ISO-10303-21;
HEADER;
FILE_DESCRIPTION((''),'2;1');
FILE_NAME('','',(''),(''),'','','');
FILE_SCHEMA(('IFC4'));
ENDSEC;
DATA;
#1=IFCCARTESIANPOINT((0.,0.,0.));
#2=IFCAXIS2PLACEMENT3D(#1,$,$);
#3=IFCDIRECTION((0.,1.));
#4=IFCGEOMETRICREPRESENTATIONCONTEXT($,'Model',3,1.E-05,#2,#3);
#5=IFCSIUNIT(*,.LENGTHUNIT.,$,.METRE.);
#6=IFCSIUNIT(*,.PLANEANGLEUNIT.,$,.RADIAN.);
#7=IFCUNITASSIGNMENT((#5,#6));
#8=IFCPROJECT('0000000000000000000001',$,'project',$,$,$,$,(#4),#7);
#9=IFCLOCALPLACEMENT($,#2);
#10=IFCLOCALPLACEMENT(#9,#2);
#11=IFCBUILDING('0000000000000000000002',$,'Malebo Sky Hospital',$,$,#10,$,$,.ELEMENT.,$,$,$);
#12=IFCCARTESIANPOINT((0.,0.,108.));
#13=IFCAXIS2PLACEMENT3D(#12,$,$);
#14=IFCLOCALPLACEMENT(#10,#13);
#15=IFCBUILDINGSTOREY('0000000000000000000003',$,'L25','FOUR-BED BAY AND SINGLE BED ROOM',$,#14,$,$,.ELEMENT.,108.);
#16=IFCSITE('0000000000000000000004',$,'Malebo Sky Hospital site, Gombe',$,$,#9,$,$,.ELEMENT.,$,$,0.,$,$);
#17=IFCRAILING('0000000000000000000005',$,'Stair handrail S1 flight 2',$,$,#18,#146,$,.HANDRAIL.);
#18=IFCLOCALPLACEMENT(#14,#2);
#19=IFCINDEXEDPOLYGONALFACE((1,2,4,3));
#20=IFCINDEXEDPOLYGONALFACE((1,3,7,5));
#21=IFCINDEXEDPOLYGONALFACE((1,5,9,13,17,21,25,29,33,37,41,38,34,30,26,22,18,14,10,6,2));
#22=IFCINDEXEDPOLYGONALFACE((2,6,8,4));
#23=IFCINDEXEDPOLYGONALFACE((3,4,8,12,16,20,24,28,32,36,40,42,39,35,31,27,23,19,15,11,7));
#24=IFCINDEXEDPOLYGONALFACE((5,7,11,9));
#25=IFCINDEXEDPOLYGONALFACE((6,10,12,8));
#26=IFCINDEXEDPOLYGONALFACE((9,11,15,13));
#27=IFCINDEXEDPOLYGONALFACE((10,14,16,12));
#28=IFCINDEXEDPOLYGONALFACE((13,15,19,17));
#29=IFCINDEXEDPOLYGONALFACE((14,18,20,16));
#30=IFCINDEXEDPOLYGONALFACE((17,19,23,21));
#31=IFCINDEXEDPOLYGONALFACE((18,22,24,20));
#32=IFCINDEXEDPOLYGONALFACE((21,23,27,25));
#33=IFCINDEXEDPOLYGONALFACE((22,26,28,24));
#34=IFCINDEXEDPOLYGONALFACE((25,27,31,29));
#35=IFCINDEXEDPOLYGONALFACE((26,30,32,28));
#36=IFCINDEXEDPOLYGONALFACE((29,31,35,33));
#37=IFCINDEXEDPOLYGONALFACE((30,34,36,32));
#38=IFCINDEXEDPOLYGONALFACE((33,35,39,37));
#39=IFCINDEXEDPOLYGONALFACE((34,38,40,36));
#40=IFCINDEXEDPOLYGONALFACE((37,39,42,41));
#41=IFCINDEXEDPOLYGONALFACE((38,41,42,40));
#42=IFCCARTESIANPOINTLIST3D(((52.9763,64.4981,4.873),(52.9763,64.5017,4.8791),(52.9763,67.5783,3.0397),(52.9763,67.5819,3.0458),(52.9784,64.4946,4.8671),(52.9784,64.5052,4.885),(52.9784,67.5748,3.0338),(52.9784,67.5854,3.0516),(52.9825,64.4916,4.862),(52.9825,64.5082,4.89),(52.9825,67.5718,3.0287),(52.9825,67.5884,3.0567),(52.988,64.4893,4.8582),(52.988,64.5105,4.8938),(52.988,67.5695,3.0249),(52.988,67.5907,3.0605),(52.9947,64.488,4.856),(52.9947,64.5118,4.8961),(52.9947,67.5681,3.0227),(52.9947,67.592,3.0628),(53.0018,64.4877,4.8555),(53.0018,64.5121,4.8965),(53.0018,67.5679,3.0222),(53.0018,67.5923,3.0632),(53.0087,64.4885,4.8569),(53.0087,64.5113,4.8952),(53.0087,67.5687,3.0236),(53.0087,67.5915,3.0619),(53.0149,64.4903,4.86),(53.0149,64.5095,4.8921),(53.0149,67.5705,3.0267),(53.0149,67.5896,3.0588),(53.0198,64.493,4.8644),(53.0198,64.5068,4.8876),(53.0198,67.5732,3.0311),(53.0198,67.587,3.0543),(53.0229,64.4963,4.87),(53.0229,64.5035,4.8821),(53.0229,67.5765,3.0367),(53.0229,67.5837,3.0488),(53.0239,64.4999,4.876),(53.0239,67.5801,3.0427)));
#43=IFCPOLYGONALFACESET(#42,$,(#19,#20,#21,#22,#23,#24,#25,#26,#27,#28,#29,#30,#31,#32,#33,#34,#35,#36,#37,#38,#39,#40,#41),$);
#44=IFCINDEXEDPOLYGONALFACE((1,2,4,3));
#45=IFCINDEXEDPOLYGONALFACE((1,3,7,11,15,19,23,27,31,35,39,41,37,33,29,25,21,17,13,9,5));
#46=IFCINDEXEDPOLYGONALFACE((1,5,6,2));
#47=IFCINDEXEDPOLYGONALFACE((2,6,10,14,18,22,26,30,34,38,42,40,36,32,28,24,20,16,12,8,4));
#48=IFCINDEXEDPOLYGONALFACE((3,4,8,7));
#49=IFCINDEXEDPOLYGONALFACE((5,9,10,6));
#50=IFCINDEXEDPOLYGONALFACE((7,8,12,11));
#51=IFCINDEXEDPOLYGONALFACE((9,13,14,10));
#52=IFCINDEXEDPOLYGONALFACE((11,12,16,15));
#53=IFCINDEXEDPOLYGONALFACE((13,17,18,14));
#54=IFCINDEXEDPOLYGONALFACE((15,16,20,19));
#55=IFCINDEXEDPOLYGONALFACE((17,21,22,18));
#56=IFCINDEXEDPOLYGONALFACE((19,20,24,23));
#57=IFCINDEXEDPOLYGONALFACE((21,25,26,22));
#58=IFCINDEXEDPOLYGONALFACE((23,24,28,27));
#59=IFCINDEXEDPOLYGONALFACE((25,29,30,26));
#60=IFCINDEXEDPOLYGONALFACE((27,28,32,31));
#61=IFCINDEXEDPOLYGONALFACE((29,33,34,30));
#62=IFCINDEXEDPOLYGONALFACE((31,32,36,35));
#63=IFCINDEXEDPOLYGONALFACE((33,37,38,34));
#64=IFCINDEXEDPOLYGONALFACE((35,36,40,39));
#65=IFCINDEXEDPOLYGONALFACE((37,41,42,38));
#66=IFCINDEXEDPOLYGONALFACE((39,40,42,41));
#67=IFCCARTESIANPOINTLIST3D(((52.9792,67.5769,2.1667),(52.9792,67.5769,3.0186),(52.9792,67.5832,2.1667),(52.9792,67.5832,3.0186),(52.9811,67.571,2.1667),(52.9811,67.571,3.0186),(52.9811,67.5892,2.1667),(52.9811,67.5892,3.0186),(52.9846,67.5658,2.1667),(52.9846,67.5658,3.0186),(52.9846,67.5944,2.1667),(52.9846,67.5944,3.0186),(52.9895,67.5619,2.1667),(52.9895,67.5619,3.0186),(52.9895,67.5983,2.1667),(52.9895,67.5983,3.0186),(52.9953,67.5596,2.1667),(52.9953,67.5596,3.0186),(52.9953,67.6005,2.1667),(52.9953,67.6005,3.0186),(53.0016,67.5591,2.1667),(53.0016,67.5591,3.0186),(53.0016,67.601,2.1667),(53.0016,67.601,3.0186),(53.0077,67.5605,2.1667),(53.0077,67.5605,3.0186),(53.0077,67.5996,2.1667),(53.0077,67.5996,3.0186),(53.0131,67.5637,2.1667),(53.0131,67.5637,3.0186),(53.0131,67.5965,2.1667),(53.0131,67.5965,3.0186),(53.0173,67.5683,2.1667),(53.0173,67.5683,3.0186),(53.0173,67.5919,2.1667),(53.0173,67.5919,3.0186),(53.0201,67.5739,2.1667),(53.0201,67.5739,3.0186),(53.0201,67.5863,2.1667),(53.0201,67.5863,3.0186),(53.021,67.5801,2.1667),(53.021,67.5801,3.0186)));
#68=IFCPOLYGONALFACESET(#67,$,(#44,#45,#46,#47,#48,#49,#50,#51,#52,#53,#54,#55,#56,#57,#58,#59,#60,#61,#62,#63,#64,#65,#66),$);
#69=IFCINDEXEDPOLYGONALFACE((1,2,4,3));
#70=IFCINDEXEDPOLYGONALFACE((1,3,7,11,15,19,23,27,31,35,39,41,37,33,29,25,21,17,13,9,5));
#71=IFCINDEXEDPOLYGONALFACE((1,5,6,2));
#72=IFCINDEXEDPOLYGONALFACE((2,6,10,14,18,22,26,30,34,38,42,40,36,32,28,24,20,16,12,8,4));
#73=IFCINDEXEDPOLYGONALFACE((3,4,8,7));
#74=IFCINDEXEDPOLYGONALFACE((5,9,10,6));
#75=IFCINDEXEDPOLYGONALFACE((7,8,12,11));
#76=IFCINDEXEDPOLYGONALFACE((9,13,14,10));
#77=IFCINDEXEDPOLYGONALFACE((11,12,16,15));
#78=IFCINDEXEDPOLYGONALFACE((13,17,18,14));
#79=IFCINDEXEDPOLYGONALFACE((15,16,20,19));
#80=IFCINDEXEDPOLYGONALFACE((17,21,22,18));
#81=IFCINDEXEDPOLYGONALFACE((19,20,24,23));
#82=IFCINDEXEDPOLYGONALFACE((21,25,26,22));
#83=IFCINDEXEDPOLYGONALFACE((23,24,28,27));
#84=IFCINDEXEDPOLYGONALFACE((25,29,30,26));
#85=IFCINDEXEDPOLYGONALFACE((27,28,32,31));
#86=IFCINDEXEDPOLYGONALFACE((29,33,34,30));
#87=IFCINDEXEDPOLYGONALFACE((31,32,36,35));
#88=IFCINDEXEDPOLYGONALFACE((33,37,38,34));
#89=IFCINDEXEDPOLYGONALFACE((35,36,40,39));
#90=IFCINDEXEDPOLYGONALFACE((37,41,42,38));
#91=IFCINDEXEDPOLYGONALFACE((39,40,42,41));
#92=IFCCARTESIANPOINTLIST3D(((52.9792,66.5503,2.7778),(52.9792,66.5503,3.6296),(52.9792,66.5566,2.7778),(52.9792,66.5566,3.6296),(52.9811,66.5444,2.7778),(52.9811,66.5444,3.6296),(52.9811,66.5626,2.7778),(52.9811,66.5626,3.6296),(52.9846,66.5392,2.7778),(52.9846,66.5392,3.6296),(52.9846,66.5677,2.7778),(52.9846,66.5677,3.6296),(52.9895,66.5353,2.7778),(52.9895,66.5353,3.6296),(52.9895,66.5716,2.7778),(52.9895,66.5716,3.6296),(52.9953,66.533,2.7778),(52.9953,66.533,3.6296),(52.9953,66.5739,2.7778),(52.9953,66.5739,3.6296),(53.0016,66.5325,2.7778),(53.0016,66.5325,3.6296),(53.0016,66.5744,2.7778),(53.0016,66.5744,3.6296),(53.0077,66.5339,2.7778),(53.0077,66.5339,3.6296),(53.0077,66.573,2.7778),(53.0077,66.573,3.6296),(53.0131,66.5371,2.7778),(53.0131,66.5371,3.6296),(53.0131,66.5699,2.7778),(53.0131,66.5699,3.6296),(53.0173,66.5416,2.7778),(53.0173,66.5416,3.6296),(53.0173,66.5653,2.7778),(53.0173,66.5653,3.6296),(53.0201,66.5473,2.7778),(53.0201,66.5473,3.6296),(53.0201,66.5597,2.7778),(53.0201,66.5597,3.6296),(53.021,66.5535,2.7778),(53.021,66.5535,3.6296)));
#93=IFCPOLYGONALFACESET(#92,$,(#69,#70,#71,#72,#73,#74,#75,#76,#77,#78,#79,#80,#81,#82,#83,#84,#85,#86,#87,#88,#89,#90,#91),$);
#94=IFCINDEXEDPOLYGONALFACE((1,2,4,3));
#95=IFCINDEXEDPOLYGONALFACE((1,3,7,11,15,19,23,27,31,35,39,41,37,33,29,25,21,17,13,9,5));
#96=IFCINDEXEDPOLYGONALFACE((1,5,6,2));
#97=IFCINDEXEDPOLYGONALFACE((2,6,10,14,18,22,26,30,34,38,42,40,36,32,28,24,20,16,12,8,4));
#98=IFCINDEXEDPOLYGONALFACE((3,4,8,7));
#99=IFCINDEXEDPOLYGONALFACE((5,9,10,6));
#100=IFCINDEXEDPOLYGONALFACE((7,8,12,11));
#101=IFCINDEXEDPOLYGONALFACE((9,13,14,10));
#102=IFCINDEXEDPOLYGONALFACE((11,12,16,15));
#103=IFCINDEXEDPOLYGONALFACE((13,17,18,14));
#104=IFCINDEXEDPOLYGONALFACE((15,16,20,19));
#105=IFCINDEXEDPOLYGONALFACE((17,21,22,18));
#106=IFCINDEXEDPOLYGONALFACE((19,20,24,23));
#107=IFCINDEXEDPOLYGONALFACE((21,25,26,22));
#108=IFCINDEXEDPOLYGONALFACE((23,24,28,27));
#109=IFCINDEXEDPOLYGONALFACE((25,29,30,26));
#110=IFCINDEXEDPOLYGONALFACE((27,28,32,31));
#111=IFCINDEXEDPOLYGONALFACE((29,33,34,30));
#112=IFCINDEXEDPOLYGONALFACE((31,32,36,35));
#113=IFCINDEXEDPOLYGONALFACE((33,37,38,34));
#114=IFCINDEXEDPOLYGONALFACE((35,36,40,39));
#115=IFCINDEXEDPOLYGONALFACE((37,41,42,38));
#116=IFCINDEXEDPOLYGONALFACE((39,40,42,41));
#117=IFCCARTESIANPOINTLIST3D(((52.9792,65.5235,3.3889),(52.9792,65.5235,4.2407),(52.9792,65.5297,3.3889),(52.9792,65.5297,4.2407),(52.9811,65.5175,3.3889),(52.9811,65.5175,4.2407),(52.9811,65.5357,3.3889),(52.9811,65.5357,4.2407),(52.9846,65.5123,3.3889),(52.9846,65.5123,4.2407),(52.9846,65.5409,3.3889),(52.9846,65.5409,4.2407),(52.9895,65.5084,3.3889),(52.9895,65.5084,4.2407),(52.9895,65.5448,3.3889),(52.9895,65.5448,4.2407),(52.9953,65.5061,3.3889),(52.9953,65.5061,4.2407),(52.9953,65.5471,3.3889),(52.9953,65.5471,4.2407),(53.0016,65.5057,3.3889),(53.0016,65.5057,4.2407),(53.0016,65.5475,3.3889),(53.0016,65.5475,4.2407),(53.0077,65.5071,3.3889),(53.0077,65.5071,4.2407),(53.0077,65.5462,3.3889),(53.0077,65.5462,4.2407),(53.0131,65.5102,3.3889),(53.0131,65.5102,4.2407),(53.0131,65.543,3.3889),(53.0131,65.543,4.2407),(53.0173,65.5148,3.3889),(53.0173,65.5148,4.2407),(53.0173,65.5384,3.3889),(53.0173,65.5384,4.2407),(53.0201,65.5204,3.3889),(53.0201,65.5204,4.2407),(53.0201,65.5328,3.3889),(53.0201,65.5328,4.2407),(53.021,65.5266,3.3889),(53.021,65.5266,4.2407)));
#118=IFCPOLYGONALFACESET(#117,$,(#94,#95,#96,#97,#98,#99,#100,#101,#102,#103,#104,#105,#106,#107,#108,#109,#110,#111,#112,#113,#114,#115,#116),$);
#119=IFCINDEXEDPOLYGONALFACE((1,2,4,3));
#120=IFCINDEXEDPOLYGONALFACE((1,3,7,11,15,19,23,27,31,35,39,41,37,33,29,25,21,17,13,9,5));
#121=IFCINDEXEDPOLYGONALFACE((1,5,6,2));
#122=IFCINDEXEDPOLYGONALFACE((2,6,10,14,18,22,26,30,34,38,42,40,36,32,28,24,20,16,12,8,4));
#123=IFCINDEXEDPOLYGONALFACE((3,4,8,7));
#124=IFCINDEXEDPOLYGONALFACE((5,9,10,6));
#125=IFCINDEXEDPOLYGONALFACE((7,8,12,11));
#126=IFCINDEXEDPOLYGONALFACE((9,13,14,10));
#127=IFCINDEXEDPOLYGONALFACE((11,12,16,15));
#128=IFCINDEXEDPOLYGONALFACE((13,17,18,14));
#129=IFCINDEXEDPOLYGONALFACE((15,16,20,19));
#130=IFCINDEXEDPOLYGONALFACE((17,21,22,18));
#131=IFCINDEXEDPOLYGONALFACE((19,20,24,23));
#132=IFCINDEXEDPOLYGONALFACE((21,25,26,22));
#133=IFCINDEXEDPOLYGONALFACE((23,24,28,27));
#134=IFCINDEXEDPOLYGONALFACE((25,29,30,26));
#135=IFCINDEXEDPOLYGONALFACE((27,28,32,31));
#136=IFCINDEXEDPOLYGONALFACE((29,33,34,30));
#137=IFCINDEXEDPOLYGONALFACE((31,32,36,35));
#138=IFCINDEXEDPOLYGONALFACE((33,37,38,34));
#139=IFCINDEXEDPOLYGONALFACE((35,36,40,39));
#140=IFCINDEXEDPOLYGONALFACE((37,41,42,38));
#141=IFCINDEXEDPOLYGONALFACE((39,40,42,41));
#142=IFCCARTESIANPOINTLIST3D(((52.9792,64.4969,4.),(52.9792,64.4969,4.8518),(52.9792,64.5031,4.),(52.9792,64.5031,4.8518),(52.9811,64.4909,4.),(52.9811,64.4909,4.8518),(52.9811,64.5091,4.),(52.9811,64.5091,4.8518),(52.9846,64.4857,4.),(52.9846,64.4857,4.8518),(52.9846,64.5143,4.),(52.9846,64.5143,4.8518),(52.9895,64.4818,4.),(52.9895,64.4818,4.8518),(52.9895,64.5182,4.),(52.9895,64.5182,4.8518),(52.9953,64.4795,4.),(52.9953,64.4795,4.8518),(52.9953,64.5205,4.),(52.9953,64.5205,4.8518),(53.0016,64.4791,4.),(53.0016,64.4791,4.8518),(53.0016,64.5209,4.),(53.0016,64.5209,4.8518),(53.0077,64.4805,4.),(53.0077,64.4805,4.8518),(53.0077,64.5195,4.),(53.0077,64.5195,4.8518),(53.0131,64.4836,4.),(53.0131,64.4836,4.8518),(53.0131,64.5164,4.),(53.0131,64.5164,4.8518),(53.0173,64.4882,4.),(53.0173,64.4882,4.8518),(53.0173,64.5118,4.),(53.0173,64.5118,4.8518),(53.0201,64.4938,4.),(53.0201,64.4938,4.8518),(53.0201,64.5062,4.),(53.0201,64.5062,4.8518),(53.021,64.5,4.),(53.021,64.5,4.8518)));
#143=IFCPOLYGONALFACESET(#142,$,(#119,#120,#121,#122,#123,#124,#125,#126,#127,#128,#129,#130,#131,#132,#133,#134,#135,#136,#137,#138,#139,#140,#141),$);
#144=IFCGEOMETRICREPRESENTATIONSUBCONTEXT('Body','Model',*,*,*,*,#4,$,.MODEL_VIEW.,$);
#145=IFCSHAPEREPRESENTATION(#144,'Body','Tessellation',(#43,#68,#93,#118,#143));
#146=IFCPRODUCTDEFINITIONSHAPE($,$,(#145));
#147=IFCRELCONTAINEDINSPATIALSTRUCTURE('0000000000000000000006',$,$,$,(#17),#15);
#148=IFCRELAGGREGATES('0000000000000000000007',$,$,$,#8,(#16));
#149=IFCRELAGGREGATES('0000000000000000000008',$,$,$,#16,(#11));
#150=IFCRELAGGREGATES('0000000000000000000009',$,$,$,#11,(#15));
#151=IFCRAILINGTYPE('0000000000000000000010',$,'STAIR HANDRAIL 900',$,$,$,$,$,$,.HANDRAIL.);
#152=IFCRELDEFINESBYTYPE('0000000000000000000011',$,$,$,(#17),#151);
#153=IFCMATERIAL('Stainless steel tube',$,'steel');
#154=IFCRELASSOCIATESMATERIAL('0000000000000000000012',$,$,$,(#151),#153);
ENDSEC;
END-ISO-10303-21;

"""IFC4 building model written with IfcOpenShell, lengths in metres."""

from ifc_helpers import new_model, si_unit, direction, frame, origin, origin_2d, place, context, subcontext, project, spatial, circle, extrude, material, type_object, element, save


model = new_model("IFC4")

# Units and contexts
model_context = context("Model", 3, precision=1e-05, world=origin(), true_north=direction((0.0, 1.0)))
body_context = subcontext(model_context, "Body", "Model", "MODEL_VIEW")
ifc_project = project(units=[si_unit("LENGTHUNIT", "METRE"), si_unit("PLANEANGLEUNIT", "RADIAN")], contexts=[model_context])

# Site, building, storey
site_placement = place(None, origin())
site = spatial("IfcSite", under=ifc_project, at=site_placement, Name="Malebo Sky Hospital site, Gombe", CompositionType="ELEMENT", RefElevation=0.0)
building_placement = place(site_placement, origin())
building = spatial("IfcBuilding", under=site, at=building_placement, Name="Malebo Sky Hospital", CompositionType="ELEMENT")
storey_placement = place(building_placement, frame((0.0, 0.0, 108.0)))
storey = spatial("IfcBuildingStorey", under=building, at=storey_placement, Name="L25", Description="FOUR-BED BAY AND SINGLE BED ROOM", CompositionType="ELEMENT", Elevation=108.0)

# Railing
ifc_material_1 = material(Name="Stainless steel tube", Category="steel")
railing_type = type_object("IfcRailingType", Name="STAIR HANDRAIL 900", PredefinedType="HANDRAIL", material=ifc_material_1)
railing_1_placement = place(storey_placement, frame((53.0, 67.5801, 2.1667)))
element("IfcRailing", 1, at=railing_1_placement, inside=storey, type_object=railing_type, Name="Stair handrail S1 flight 2", PredefinedType="HANDRAIL", context=body_context, shape_type="SweptSolid", body=[
    extrude(circle(Radius=0.0239, at=origin_2d()), frame((0.0, 0.0, 0.876), z_axis=(0.0, -0.859309, 0.511458), x_axis=(1.0, 0.0, 0.0)), (0.0, 0.0, 1.0), 3.5845),
    extrude(circle(Radius=0.021, at=origin_2d()), origin(), (0.0, 0.0, 1.0), 0.8518),
    extrude(circle(Radius=0.021, at=origin_2d()), frame((0.0, -1.0266, 0.6111)), (0.0, 0.0, 1.0), 0.8518),
    extrude(circle(Radius=0.021, at=origin_2d()), frame((0.0, -2.0535, 1.2222)), (0.0, 0.0, 1.0), 0.8518),
    extrude(circle(Radius=0.021, at=origin_2d()), frame((0.0, -3.0801, 1.8333)), (0.0, 0.0, 1.0), 0.8518),
])

save(model, "model.ifc")
